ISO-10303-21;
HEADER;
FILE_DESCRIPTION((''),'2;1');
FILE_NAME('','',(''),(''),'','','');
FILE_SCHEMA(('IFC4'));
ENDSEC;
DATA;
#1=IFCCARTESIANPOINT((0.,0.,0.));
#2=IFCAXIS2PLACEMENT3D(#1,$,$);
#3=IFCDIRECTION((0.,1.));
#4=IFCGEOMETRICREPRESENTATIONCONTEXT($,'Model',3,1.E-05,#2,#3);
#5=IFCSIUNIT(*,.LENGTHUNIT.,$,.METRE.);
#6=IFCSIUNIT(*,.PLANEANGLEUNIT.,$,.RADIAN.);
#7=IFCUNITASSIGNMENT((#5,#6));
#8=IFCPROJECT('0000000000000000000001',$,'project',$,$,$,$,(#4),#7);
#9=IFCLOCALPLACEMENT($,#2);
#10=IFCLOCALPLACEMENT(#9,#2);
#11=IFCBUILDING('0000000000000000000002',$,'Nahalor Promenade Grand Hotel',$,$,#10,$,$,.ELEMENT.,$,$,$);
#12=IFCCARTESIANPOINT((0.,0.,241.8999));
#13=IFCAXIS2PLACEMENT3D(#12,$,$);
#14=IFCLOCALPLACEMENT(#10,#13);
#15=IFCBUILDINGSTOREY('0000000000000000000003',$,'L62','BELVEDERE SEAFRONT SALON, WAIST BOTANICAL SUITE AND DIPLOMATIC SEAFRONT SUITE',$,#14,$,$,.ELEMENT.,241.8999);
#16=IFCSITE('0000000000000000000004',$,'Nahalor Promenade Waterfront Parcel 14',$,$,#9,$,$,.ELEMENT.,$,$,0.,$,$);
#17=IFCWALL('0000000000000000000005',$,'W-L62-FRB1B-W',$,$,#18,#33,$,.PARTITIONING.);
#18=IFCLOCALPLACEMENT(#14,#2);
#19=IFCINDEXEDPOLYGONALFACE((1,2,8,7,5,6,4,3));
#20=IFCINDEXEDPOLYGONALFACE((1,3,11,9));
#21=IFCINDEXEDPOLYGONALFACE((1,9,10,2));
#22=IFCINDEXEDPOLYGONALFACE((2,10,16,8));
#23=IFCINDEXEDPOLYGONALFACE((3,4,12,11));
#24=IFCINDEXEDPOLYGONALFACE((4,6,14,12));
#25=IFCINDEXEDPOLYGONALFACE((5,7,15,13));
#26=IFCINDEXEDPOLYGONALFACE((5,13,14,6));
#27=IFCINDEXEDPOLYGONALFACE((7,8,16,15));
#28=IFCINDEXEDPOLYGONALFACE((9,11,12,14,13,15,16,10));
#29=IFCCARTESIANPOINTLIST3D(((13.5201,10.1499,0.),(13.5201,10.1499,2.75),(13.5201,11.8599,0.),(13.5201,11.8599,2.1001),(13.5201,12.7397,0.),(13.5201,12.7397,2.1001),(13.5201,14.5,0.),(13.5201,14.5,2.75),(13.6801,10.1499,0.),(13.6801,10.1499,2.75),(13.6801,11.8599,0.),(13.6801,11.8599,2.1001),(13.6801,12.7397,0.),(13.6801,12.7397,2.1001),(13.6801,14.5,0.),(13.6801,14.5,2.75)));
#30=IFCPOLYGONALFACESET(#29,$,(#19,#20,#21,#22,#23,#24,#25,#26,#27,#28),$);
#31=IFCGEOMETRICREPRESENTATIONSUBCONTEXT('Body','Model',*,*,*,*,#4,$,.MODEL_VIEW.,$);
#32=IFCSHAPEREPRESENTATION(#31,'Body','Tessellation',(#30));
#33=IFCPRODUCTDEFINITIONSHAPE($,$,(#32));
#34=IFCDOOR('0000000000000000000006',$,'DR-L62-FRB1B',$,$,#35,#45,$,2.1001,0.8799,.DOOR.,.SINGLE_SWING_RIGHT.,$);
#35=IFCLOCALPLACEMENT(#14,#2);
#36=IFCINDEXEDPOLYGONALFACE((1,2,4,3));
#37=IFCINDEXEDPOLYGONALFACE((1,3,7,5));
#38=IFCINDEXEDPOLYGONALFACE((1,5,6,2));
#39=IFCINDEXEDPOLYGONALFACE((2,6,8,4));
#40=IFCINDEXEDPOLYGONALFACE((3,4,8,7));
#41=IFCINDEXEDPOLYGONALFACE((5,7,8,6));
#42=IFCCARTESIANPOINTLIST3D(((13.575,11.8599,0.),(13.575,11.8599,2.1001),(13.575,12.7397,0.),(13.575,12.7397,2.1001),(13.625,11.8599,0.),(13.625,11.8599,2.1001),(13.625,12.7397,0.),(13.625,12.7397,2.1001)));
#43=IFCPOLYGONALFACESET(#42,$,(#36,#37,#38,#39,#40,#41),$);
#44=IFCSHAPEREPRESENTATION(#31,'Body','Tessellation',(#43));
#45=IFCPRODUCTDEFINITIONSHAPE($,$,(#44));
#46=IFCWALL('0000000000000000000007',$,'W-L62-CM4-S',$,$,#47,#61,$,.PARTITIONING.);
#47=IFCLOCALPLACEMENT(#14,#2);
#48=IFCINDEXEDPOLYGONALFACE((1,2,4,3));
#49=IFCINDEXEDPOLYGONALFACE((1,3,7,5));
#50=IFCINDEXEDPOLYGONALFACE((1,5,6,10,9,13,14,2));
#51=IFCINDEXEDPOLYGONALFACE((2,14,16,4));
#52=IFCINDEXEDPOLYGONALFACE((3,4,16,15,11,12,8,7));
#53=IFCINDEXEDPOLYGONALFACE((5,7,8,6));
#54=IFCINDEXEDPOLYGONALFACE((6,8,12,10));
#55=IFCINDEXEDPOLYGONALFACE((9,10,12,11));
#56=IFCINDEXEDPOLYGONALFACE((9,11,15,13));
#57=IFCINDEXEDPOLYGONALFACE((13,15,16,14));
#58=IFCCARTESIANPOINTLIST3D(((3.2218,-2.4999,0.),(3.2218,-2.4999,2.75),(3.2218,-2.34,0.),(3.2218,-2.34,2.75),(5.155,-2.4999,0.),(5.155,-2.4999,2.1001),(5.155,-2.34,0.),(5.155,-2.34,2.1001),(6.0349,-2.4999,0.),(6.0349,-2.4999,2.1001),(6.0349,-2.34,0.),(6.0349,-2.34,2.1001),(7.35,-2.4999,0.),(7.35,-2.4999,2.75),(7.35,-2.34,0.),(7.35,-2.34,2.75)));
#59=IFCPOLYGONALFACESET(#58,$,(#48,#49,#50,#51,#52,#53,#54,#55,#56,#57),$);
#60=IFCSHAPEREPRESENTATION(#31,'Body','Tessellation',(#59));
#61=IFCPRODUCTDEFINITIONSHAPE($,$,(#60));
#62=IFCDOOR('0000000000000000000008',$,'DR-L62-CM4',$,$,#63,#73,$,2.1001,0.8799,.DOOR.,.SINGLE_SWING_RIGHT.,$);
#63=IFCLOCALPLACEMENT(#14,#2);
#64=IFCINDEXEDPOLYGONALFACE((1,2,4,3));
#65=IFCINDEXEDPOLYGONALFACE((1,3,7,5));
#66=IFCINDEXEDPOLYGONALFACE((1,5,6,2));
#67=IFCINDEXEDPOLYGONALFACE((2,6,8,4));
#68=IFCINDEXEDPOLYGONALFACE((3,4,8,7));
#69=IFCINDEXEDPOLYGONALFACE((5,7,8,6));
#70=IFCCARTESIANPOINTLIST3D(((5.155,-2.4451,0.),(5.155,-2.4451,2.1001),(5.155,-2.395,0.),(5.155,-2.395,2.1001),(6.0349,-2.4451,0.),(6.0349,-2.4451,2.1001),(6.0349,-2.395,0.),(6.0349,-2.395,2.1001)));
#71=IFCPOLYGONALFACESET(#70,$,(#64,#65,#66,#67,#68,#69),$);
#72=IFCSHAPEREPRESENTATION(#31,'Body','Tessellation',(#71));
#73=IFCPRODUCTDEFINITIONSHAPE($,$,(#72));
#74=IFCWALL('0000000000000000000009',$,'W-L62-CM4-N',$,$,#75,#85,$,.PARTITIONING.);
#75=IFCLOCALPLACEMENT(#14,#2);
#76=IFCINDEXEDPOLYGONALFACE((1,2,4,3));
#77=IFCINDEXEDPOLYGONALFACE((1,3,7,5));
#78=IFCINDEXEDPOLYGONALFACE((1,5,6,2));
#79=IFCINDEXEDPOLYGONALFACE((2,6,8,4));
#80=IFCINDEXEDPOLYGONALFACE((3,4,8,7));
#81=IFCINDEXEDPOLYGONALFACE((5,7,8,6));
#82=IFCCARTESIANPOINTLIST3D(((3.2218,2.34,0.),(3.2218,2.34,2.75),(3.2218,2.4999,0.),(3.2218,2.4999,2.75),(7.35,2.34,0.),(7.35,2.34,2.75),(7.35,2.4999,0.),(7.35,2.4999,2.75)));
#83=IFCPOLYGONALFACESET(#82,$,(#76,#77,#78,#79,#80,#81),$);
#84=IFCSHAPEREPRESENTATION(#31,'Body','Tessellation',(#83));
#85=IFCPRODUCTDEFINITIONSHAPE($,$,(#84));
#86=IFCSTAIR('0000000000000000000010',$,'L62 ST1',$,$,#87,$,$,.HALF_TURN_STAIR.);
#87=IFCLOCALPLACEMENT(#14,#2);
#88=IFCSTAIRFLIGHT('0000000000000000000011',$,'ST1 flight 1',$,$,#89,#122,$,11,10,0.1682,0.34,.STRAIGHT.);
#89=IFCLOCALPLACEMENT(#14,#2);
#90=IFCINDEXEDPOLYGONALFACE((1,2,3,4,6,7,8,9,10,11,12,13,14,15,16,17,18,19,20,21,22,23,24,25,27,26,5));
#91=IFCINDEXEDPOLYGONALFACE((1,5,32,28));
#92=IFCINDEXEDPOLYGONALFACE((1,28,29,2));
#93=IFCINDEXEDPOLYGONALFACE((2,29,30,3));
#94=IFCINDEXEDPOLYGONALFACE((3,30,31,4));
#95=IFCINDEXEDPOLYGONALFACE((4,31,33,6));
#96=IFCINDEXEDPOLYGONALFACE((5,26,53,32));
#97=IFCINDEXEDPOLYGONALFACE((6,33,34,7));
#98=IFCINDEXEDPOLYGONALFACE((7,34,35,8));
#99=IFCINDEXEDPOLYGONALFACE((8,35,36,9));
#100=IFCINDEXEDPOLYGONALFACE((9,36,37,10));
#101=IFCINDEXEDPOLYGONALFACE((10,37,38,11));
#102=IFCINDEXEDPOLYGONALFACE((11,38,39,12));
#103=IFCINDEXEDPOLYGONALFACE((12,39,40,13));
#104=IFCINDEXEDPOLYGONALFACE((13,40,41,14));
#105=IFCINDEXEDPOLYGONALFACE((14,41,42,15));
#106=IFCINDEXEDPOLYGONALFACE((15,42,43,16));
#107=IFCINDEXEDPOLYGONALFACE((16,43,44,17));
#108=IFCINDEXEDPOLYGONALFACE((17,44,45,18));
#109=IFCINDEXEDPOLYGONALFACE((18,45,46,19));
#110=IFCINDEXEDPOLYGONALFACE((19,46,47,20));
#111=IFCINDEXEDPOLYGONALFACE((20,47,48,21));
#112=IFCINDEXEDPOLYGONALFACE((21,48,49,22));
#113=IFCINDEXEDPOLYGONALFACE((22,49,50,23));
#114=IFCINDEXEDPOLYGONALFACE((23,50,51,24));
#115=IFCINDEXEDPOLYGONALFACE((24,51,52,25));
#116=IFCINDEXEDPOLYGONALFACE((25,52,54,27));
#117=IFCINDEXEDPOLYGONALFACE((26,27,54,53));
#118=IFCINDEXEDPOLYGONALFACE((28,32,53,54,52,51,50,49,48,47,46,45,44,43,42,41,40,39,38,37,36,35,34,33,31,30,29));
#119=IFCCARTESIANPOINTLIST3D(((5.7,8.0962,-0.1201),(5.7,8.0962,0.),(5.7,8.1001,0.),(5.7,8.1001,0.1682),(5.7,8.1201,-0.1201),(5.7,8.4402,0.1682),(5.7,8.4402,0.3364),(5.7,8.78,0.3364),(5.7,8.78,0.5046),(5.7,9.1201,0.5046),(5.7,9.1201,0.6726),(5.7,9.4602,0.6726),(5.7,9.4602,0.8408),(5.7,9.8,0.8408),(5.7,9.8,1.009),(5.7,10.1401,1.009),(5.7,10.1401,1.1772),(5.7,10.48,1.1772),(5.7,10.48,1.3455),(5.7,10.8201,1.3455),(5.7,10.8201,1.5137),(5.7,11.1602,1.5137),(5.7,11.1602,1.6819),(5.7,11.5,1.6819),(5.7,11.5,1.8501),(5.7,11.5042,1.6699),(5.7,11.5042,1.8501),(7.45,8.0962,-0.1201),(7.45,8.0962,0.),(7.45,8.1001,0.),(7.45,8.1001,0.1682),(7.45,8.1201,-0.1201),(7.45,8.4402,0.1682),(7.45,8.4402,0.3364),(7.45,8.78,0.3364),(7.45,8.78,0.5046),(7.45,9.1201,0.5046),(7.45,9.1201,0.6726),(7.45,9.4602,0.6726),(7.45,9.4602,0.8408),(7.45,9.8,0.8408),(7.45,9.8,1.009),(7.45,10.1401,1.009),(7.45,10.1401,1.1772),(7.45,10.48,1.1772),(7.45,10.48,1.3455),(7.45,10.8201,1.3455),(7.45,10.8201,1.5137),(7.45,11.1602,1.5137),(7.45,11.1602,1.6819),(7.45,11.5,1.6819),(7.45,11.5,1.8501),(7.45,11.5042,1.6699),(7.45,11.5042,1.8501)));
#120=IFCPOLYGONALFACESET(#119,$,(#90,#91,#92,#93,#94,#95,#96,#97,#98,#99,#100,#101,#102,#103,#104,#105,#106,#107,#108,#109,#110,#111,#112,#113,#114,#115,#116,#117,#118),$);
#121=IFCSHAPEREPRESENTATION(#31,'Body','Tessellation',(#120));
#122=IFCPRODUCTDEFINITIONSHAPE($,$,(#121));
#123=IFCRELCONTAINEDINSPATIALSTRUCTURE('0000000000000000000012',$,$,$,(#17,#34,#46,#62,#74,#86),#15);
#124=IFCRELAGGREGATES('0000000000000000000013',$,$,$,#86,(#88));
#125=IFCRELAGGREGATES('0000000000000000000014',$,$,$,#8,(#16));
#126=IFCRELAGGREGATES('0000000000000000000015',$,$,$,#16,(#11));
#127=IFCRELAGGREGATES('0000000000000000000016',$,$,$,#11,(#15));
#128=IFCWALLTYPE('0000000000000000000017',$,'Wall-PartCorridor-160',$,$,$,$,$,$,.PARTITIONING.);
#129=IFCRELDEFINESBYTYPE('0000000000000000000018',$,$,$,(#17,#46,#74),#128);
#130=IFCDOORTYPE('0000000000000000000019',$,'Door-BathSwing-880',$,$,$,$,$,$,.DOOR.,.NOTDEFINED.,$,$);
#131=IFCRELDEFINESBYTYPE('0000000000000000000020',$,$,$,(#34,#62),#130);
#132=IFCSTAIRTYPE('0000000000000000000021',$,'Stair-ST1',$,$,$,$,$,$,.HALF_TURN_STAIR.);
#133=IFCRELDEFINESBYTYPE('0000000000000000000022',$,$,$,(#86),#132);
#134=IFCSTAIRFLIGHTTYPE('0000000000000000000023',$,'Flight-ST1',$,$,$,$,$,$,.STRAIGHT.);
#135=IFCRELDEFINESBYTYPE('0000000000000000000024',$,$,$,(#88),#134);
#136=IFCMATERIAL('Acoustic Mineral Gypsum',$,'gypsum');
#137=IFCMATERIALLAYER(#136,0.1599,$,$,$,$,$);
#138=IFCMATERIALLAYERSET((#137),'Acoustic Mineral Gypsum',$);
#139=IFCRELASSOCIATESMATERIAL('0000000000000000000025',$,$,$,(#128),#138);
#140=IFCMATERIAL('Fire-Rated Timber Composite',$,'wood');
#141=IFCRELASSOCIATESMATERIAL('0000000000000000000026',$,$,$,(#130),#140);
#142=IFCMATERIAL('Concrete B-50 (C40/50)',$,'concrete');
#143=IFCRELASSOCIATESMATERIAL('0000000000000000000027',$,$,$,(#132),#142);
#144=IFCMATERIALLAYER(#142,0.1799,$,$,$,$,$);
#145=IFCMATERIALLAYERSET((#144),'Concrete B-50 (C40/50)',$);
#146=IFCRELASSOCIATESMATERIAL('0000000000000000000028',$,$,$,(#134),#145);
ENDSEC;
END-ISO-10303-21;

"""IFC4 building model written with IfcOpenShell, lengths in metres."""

from ifc_helpers import new_model, si_unit, direction, frame, frame_2d, origin, place, context, subcontext, project, spatial, polyline, rectangle, outline, extrude, source, transform, mapped, material, layer, layer_set, type_object, element, fill, aggregate, save


model = new_model("IFC4")

# Units and contexts
model_context = context("Model", 3, precision=1e-05, world=origin(), true_north=direction((0.0, 1.0)))
body_context = subcontext(model_context, "Body", "Model", "MODEL_VIEW")
ifc_project = project(units=[si_unit("LENGTHUNIT", "METRE"), si_unit("PLANEANGLEUNIT", "RADIAN")], contexts=[model_context])

# Site, building, storey
site_placement = place(None, origin())
site = spatial("IfcSite", under=ifc_project, at=site_placement, Name="Nahalor Promenade Waterfront Parcel 14", CompositionType="ELEMENT", RefElevation=0.0)
building_placement = place(site_placement, origin())
building = spatial("IfcBuilding", under=site, at=building_placement, Name="Nahalor Promenade Grand Hotel", CompositionType="ELEMENT")
storey_placement = place(building_placement, frame((0.0, 0.0, 241.8999)))
storey = spatial("IfcBuildingStorey", under=building, at=storey_placement, Name="L62", Description="BELVEDERE SEAFRONT SALON, WAIST BOTANICAL SUITE AND DIPLOMATIC SEAFRONT SUITE", CompositionType="ELEMENT", Elevation=241.8999)

# Shared definitions
ifc_material_1 = material(Name="Concrete B-50 (C40/50)", Category="concrete")

# Shared definitions
ifc_material_2 = material(Name="Acoustic Mineral Gypsum", Category="gypsum")
ifc_layer_1 = layer(ifc_material_2, 0.1599)
ifc_layer_set_1 = layer_set([ifc_layer_1], Name="Acoustic Mineral Gypsum")
wall_type_1 = type_object("IfcWallType", Name="Wall-PartCorridor-160", PredefinedType="PARTITIONING", material=ifc_layer_set_1)

# Shared definitions
ifc_material_3 = material(Name="Fire-Rated Timber Composite", Category="wood")
door_type_1 = type_object("IfcDoorType", Name="Door-BathSwing-880", OperationType="NOTDEFINED", PredefinedType="DOOR", material=ifc_material_3)
shared_shape_1 = source(origin(), body_context, "Body", "SweptSolid", [
    extrude(rectangle(XDim=0.8799, YDim=2.1001, at=frame_2d((0.4399, 1.05))), frame((0.0, 0.0249, 0.0), z_axis=(0.0, -1.0, 0.0), x_axis=(1.0, 0.0, 0.0)), (0.0, 0.0, 1.0), 0.05),
])

# Walls, openings, doors
shared_shape_2 = source(origin(), body_context, "Body", "SweptSolid", [
    extrude(rectangle(XDim=4.3501, YDim=0.1599, at=frame_2d((2.175, 0.0))), origin(), (0.0, 0.0, 1.0), 2.75),
])
wall_1_placement = place(storey_placement, frame((13.6001, 10.1499, 0.0), z_axis=(0.0, 0.0, 1.0), x_axis=(0.0, 1.0, 0.0)))
wall_1 = element("IfcWall", 1, at=wall_1_placement, inside=storey, type_object=wall_type_1, Name="W-L62-FRB1B-W", PredefinedType="PARTITIONING", context=body_context, shape_type="MappedRepresentation", body=[
    mapped(shared_shape_2, transform((0.0, 0.0, 0.0), scale=1.0)),
])
opening_1_placement = place(wall_1_placement, frame((1.71, 0.0, 0.0)))
opening_1 = element("IfcOpeningElement", 2, at=opening_1_placement, cuts=wall_1, PredefinedType="OPENING", context=body_context, shape_type="SweptSolid", body=[
    extrude(rectangle(XDim=0.8799, YDim=2.1001, at=frame_2d((0.4399, 1.05))), frame((0.0, 0.0898, 0.0), z_axis=(0.0, -1.0, 0.0), x_axis=(1.0, 0.0, 0.0)), (0.0, 0.0, 1.0), 0.1799),
])
door_1_placement = place(opening_1_placement, frame((0.8799, 0.0, 0.0), z_axis=(0.0, 0.0, 1.0), x_axis=(-1.0, 0.0, 0.0)))
door_1 = element("IfcDoor", 3, at=door_1_placement, inside=storey, type_object=door_type_1, Name="DR-L62-FRB1B", OperationType="SINGLE_SWING_RIGHT", OverallHeight=2.1001, OverallWidth=0.8799, PredefinedType="DOOR", context=body_context, shape_type="MappedRepresentation", body=[
    mapped(shared_shape_1, transform((0.0, 0.0, 0.0), scale=1.0)),
])
fill(opening_1, door_1)
shared_shape_3 = source(origin(), body_context, "Body", "SweptSolid", [
    extrude(rectangle(XDim=4.1282, YDim=0.1599, at=frame_2d((2.064, 0.0))), origin(), (0.0, 0.0, 1.0), 2.75),
])
wall_2_placement = place(storey_placement, frame((3.2219, -2.4199, 0.0), z_axis=(0.0, 0.0, 1.0), x_axis=(1.0, 0.0, 0.0)))
wall_2 = element("IfcWall", 4, at=wall_2_placement, inside=storey, type_object=wall_type_1, Name="W-L62-CM4-S", PredefinedType="PARTITIONING", context=body_context, shape_type="MappedRepresentation", body=[
    mapped(shared_shape_3, transform((0.0, 0.0, 0.0), scale=1.0)),
])
opening_2_placement = place(wall_2_placement, frame((1.9331, 0.0, 0.0)))
opening_2 = element("IfcOpeningElement", 5, at=opening_2_placement, cuts=wall_2, PredefinedType="OPENING", context=body_context, shape_type="SweptSolid", body=[
    extrude(rectangle(XDim=0.8799, YDim=2.1001, at=frame_2d((0.4399, 1.05))), frame((0.0, 0.0898, 0.0), z_axis=(0.0, -1.0, 0.0), x_axis=(1.0, 0.0, 0.0)), (0.0, 0.0, 1.0), 0.1799),
])
door_2_placement = place(opening_2_placement, origin())
door_2 = element("IfcDoor", 6, at=door_2_placement, inside=storey, type_object=door_type_1, Name="DR-L62-CM4", OperationType="SINGLE_SWING_RIGHT", OverallHeight=2.1001, OverallWidth=0.8799, PredefinedType="DOOR", context=body_context, shape_type="MappedRepresentation", body=[
    mapped(shared_shape_1, transform((0.0, 0.0, 0.0), scale=1.0)),
])
fill(opening_2, door_2)

# Wall
wall_3_placement = place(storey_placement, frame((3.2219, 2.4199, 0.0), z_axis=(0.0, 0.0, 1.0), x_axis=(1.0, 0.0, 0.0)))
element("IfcWall", 7, at=wall_3_placement, inside=storey, type_object=wall_type_1, Name="W-L62-CM4-N", PredefinedType="PARTITIONING", context=body_context, shape_type="MappedRepresentation", body=[
    mapped(shared_shape_3, transform((0.0, 0.0, 0.0), scale=1.0)),
])

# Stair, stair flight
stair_type = type_object("IfcStairType", Name="Stair-ST1", PredefinedType="HALF_TURN_STAIR", material=ifc_material_1)
stair_placement = place(storey_placement, origin())
stair = element("IfcStair", 8, at=stair_placement, inside=storey, type_object=stair_type, Name="L62 ST1", PredefinedType="HALF_TURN_STAIR")
ifc_layer_2 = layer(ifc_material_1, 0.1799)
ifc_layer_set_2 = layer_set([ifc_layer_2], Name="Concrete B-50 (C40/50)")
stair_flight_type = type_object("IfcStairFlightType", Name="Flight-ST1", PredefinedType="STRAIGHT", material=ifc_layer_set_2)
shared_shape_4 = source(origin(), body_context, "Body", "SweptSolid", [
    extrude(outline(polyline([(-0.0039, -0.1201), (-0.0039, 0.0), (0.0, 0.0), (0.0, 0.1682), (0.3401, 0.1682), (0.3401, 0.3364), (0.6799, 0.3364), (0.6799, 0.5046), (1.02, 0.5046), (1.02, 0.6726), (1.3601, 0.6726), (1.3601, 0.8408), (1.7, 0.8408), (1.7, 1.009), (2.04, 1.009), (2.04, 1.1772), (2.3799, 1.1772), (2.3799, 1.3455), (2.72, 1.3455), (2.72, 1.5137), (3.0601, 1.5137), (3.0601, 1.6819), (3.3999, 1.6819), (3.3999, 1.8501), (3.4041, 1.8501), (3.4041, 1.6699), (0.02, -0.1201), (-0.0039, -0.1201)])), frame((0.0, 0.875, 0.0), z_axis=(0.0, -1.0, 0.0), x_axis=(1.0, 0.0, 0.0)), (0.0, 0.0, 1.0), 1.75),
])
stair_flight_placement = place(storey_placement, frame((6.575, 8.1001, 0.0), z_axis=(0.0, 0.0, 1.0), x_axis=(0.0, 1.0, 0.0)))
stair_flight = element("IfcStairFlight", 9, at=stair_flight_placement, type_object=stair_flight_type, Name="ST1 flight 1", NumberOfRisers=11, NumberOfTreads=10, PredefinedType="STRAIGHT", RiserHeight=0.1682, TreadLength=0.34, context=body_context, shape_type="MappedRepresentation", body=[
    mapped(shared_shape_4, transform((0.0, 0.0, 0.0), scale=1.0)),
])
aggregate(stair, [stair_flight])

save(model, "model.ifc")
